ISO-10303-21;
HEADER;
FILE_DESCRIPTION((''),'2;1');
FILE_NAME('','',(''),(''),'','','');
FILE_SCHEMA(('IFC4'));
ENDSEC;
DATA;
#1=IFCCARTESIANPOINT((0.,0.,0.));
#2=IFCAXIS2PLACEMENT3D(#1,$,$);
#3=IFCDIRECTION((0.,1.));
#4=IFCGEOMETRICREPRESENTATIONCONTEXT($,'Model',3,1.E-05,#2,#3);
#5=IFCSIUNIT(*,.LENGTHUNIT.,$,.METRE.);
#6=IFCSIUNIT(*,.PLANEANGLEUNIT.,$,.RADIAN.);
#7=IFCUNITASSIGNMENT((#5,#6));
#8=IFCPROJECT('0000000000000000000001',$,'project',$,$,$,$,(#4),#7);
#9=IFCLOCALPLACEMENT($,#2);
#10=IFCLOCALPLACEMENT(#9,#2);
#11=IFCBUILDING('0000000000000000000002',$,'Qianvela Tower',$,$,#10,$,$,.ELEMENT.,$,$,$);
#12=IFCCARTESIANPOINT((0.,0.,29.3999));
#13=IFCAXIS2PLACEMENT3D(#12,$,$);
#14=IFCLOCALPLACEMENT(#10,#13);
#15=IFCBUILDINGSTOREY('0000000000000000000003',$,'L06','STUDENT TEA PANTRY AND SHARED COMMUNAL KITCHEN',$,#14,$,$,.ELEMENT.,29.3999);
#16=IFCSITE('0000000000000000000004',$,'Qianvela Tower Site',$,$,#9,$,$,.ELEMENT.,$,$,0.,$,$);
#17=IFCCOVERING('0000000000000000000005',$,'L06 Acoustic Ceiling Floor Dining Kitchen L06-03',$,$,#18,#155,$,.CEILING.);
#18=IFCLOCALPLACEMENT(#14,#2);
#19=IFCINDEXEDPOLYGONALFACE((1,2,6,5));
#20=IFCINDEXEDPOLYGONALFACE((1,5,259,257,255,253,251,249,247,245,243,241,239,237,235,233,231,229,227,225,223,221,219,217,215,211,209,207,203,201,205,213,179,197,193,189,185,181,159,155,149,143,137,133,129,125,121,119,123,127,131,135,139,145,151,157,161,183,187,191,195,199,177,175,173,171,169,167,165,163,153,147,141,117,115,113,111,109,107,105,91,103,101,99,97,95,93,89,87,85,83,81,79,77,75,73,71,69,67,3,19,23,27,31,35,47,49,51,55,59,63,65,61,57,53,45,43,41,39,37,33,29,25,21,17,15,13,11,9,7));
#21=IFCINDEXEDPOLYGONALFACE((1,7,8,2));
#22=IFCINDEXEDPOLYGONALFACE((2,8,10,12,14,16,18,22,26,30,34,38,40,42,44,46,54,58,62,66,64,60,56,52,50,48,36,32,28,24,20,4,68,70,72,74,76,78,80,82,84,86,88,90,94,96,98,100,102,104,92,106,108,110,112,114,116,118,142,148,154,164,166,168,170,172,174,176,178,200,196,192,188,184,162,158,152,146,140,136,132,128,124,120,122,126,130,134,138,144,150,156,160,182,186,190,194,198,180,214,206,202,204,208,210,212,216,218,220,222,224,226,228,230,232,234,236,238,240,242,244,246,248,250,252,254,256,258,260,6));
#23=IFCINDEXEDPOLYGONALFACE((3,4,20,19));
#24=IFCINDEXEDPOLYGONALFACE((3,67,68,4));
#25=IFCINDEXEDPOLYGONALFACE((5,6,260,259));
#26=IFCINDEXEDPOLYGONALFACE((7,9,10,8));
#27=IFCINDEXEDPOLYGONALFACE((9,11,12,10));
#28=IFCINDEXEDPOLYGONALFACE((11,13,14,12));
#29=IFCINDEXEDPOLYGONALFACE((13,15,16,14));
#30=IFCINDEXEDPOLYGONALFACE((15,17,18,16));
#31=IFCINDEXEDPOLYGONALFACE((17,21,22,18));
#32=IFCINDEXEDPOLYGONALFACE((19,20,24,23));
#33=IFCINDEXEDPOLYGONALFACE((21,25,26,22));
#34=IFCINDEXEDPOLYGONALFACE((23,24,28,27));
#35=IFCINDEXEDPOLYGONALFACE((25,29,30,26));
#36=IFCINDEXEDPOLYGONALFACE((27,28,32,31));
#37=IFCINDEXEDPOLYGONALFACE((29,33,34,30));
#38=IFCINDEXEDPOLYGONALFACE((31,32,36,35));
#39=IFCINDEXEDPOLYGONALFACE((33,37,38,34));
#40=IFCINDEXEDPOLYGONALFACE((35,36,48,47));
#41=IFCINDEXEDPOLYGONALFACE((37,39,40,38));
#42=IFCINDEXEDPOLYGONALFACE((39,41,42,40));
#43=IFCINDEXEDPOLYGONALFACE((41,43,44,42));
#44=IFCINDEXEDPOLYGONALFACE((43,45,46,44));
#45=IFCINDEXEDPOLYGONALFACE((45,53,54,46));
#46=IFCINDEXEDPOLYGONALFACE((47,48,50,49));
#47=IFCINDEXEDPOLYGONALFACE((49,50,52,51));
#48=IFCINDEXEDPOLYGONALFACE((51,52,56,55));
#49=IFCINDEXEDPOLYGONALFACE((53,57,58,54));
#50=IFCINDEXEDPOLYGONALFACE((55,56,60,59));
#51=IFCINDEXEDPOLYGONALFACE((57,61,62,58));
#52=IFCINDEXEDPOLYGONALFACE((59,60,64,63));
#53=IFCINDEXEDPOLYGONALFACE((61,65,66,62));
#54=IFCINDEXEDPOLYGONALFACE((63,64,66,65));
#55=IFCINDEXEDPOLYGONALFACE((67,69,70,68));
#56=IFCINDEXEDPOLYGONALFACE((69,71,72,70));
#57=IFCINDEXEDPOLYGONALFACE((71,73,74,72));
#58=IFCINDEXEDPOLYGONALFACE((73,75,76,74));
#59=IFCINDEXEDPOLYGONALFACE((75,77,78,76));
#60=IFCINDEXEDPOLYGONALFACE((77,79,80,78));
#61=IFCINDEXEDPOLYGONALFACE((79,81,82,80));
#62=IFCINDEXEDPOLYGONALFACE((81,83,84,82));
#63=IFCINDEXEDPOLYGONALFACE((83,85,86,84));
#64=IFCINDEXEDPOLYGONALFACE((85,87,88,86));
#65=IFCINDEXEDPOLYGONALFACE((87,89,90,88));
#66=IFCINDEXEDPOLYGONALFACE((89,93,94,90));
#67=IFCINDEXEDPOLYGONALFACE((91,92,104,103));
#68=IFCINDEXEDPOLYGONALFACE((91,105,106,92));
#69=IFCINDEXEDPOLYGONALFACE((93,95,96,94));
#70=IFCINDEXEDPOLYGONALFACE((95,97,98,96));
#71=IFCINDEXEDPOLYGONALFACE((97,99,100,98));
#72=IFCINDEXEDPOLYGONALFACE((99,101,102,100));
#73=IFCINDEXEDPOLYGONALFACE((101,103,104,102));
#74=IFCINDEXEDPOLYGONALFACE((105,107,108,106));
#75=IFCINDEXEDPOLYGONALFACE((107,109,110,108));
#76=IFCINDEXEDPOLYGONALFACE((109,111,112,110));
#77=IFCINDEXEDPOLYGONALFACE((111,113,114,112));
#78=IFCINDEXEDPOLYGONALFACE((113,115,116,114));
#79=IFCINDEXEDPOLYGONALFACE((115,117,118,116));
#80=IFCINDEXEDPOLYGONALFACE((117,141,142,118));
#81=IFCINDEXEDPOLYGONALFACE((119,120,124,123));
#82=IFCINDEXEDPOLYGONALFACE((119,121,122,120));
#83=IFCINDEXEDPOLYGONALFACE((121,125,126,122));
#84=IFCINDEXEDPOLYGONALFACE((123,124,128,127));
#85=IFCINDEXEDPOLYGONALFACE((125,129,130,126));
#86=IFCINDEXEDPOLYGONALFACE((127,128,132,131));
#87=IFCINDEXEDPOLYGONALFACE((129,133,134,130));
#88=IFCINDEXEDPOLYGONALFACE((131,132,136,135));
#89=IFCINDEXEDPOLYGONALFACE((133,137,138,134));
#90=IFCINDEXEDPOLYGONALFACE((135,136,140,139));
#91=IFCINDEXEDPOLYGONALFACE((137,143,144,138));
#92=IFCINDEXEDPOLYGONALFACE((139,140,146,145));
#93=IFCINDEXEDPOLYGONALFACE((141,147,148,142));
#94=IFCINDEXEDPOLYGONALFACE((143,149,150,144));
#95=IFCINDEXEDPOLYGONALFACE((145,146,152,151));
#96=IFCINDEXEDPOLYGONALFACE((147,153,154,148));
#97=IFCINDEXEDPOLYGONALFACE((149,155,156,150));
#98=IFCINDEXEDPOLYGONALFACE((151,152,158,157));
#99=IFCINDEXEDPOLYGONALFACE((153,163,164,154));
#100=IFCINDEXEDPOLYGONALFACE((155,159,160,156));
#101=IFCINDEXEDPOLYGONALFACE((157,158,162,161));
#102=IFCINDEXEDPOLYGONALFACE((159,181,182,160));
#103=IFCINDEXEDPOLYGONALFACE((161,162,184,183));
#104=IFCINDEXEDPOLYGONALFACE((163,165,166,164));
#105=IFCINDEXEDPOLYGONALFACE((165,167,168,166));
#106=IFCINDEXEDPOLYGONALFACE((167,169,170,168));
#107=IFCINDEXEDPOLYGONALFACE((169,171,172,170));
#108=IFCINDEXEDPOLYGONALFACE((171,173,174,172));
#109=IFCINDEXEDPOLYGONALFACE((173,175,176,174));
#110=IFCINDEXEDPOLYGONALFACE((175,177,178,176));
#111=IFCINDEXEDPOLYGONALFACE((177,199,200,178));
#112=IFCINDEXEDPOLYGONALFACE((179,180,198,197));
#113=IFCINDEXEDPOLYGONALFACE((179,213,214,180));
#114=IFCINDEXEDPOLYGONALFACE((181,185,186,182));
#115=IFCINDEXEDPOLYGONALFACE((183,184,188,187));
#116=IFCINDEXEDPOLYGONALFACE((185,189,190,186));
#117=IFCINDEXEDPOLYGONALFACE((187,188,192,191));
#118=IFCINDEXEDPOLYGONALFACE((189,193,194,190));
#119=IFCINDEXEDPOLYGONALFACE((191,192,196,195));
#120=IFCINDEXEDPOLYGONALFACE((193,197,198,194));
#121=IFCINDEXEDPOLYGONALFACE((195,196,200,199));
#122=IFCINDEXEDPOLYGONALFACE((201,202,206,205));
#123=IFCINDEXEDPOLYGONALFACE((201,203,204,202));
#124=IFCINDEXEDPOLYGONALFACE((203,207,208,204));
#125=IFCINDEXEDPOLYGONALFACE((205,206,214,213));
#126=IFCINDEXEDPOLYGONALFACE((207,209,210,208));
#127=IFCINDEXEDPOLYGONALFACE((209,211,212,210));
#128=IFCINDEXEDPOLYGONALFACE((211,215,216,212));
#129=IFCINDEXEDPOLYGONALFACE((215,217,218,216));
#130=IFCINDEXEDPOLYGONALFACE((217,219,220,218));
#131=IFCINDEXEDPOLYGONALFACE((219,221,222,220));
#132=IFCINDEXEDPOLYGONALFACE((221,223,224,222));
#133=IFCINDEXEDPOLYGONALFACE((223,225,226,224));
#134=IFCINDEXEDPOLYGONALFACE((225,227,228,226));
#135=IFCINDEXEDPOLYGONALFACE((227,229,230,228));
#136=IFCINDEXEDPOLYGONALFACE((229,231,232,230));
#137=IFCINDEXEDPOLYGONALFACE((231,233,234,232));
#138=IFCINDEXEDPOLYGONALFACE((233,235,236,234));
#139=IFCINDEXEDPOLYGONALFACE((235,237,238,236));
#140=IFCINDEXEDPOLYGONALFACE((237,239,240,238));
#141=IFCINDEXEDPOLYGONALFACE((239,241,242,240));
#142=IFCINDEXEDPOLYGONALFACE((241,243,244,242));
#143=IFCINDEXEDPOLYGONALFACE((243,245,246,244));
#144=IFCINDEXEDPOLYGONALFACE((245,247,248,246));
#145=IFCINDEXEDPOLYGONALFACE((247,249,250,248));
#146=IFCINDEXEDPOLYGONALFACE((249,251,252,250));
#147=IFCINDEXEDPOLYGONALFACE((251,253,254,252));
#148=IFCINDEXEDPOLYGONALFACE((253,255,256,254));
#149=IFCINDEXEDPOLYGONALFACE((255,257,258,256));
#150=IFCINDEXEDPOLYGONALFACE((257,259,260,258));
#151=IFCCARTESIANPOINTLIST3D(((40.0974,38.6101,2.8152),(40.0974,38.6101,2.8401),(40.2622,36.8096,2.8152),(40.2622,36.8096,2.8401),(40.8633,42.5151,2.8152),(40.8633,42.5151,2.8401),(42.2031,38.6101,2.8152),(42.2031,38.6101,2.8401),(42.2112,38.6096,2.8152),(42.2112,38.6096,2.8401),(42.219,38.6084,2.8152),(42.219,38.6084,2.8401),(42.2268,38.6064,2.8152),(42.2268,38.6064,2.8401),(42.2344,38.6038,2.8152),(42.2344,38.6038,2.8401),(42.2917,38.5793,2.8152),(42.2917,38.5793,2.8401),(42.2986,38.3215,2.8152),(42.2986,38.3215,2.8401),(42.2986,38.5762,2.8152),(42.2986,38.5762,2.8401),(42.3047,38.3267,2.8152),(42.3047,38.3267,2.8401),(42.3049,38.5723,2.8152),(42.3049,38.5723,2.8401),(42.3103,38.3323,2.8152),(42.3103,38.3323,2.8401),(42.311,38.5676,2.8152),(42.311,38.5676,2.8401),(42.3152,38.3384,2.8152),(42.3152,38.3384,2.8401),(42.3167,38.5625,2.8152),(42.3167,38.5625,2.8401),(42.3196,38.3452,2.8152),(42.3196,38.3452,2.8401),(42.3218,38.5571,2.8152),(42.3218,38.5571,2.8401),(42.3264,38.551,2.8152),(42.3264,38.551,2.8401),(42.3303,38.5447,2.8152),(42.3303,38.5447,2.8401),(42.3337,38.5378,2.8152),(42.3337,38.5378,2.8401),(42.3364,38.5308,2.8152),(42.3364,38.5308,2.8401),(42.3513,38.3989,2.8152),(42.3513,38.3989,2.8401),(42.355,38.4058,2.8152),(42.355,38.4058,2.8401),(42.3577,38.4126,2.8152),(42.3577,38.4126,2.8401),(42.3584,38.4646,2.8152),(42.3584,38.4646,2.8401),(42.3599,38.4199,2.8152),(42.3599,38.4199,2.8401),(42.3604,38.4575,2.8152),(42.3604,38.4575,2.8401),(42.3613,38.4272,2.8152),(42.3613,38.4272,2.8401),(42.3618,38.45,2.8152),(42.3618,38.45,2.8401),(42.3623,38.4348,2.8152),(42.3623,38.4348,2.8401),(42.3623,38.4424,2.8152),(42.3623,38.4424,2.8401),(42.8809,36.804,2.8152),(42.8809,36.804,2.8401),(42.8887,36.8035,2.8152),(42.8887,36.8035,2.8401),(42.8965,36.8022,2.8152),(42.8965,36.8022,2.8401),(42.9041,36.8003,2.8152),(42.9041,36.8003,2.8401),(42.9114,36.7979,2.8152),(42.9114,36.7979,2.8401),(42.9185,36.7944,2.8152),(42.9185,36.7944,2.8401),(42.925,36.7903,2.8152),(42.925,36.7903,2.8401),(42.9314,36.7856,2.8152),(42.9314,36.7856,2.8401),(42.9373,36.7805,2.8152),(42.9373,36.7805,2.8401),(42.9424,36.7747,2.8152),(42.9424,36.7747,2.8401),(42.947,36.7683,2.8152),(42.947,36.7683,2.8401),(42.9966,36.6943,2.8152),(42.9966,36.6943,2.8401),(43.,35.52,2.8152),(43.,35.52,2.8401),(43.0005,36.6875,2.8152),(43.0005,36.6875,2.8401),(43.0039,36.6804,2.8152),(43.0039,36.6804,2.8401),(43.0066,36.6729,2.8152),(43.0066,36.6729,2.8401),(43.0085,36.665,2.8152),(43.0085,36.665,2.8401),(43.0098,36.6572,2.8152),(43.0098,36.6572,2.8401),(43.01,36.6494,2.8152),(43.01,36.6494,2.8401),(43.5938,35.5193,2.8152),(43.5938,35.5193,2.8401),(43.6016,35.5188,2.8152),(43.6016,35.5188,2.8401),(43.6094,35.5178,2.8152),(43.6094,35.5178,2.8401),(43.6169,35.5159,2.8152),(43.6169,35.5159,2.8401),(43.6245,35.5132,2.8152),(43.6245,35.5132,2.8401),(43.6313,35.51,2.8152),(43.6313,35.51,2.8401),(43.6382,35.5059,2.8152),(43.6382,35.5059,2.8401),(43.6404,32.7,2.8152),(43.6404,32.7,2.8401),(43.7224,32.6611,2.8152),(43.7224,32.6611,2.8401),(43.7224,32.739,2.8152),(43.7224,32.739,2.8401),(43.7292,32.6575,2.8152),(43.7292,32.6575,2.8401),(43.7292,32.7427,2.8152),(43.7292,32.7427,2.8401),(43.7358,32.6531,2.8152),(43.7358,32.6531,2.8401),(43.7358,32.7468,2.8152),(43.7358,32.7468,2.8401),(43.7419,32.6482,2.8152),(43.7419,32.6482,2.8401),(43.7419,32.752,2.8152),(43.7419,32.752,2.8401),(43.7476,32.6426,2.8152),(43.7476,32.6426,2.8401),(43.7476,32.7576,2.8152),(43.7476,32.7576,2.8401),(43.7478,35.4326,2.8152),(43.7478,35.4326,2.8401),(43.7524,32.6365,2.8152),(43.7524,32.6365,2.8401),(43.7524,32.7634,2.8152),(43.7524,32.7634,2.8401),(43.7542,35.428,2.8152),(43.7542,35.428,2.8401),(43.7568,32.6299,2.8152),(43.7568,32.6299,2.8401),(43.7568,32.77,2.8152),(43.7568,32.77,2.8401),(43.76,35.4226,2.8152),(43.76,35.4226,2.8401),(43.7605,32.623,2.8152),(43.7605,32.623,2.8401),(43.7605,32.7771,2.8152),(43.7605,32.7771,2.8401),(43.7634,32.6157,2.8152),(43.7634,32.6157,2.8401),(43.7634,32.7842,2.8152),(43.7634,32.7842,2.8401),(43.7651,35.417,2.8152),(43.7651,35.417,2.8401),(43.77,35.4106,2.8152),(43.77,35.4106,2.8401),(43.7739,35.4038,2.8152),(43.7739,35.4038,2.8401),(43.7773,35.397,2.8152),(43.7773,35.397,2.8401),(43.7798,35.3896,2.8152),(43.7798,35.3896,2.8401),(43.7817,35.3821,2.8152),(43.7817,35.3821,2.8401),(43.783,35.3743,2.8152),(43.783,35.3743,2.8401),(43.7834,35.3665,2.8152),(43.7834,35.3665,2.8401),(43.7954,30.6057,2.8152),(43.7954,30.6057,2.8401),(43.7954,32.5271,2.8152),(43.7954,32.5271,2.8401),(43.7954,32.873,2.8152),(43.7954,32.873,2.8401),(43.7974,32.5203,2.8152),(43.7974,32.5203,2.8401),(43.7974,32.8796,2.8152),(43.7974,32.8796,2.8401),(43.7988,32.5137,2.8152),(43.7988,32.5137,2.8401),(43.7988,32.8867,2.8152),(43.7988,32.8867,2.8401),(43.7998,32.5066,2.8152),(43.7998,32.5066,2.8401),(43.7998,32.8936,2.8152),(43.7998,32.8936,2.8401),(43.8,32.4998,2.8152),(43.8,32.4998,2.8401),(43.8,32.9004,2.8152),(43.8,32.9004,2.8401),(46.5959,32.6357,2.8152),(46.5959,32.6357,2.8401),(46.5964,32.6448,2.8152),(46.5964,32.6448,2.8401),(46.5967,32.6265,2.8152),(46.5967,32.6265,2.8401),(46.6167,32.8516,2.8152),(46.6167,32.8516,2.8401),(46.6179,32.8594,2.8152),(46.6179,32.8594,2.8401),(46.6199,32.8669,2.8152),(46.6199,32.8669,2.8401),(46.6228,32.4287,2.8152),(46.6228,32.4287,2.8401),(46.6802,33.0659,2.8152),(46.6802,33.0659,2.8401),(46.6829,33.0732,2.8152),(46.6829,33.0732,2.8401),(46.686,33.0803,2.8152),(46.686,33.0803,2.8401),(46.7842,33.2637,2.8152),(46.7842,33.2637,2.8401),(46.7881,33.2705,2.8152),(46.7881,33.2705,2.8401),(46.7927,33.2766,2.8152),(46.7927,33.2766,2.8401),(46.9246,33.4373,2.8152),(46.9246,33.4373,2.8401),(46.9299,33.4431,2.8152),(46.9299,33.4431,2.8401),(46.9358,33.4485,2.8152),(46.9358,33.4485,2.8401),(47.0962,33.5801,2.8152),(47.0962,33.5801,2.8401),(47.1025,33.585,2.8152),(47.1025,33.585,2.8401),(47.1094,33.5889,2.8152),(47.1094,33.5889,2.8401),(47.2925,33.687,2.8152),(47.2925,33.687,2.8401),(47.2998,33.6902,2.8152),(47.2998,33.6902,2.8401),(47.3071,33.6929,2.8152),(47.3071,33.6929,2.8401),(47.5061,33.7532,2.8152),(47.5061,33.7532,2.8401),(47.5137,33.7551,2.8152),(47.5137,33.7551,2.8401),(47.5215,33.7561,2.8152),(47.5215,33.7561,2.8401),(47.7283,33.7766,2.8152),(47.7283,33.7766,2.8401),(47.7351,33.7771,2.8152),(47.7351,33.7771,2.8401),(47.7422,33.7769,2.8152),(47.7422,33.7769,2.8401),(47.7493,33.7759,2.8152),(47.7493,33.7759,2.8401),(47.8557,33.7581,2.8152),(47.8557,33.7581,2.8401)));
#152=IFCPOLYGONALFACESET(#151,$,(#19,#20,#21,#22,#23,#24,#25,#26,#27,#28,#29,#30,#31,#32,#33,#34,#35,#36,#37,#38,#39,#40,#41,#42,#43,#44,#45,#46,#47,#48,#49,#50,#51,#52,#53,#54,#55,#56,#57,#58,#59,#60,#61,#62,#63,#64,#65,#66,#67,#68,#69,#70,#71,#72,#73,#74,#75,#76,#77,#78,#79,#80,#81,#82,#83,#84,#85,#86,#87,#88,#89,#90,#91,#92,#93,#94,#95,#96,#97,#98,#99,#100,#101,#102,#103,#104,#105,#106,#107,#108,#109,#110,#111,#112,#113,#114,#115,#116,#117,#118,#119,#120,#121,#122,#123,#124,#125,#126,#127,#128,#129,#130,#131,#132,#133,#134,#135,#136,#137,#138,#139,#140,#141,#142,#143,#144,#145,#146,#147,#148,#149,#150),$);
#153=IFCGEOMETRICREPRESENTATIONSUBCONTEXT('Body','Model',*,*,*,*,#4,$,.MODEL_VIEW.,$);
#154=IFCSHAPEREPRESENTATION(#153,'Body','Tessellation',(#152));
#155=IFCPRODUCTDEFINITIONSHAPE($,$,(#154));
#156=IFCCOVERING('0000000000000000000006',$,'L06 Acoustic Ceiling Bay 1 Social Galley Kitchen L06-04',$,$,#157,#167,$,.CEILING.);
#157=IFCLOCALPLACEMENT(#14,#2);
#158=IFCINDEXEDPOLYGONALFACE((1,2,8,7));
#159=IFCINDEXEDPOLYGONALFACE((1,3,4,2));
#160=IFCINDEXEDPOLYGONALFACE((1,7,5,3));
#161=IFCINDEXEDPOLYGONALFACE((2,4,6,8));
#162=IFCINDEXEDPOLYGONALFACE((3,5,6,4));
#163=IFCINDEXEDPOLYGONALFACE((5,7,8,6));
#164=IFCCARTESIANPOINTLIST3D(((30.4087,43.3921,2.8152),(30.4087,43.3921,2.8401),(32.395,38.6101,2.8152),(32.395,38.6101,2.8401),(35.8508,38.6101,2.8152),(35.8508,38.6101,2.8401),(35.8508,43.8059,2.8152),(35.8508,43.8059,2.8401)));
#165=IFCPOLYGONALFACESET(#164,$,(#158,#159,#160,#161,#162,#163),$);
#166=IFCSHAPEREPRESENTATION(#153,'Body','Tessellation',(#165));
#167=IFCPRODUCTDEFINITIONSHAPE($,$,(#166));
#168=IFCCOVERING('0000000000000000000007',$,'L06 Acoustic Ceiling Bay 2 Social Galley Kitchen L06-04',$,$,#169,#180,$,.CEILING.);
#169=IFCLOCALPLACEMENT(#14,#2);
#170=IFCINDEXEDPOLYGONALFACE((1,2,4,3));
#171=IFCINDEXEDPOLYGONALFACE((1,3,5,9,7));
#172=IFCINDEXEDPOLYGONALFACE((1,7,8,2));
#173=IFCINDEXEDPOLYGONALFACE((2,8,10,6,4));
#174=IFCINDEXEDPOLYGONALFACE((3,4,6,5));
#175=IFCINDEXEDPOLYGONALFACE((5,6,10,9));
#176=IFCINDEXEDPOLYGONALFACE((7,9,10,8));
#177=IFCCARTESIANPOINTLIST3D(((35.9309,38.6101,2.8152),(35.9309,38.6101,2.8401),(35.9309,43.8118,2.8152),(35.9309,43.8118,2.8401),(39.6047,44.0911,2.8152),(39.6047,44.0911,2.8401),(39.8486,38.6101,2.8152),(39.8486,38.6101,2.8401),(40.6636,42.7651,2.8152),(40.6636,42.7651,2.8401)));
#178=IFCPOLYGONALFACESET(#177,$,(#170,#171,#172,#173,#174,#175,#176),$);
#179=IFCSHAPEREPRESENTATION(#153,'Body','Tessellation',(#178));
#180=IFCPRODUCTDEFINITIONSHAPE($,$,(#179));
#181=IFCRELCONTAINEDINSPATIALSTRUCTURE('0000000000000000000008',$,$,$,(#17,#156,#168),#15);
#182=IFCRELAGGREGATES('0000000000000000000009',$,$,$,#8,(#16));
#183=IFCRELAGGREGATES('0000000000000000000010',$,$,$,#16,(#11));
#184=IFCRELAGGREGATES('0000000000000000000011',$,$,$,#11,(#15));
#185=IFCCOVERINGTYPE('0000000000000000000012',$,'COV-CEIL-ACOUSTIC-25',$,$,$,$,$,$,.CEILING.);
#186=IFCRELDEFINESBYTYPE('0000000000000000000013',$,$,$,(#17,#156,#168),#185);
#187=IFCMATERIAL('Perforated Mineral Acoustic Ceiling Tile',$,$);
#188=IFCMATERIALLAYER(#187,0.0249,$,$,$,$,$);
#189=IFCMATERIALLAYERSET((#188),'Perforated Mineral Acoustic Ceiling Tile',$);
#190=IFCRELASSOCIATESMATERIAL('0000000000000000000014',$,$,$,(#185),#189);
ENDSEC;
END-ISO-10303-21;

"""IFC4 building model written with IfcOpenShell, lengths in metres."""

from ifc_helpers import new_model, si_unit, direction, frame, origin, place, context, subcontext, project, spatial, polyline, outline, extrude, material, layer, layer_set, type_object, element, save


model = new_model("IFC4")

# Units and contexts
model_context = context("Model", 3, precision=1e-05, world=origin(), true_north=direction((0.0, 1.0)))
body_context = subcontext(model_context, "Body", "Model", "MODEL_VIEW")
ifc_project = project(units=[si_unit("LENGTHUNIT", "METRE"), si_unit("PLANEANGLEUNIT", "RADIAN")], contexts=[model_context])

# Site, building, storey
site_placement = place(None, origin())
site = spatial("IfcSite", under=ifc_project, at=site_placement, Name="Qianvela Tower Site", CompositionType="ELEMENT", RefElevation=0.0)
building_placement = place(site_placement, origin())
building = spatial("IfcBuilding", under=site, at=building_placement, Name="Qianvela Tower", CompositionType="ELEMENT")
storey_placement = place(building_placement, frame((0.0, 0.0, 29.3999)))
storey = spatial("IfcBuildingStorey", under=building, at=storey_placement, Name="L06", Description="STUDENT TEA PANTRY AND SHARED COMMUNAL KITCHEN", CompositionType="ELEMENT", Elevation=29.3999)

# Coverings
ifc_material_1 = material(Name="Perforated Mineral Acoustic Ceiling Tile")
ifc_layer_1 = layer(ifc_material_1, 0.0249)
ifc_layer_set_1 = layer_set([ifc_layer_1], Name="Perforated Mineral Acoustic Ceiling Tile")
covering_type_1 = type_object("IfcCoveringType", Name="COV-CEIL-ACOUSTIC-25", PredefinedType="CEILING", material=ifc_layer_set_1)
covering_1_placement = place(storey_placement, frame((0.0, 0.0, 2.8152)))
element("IfcCovering", 1, at=covering_1_placement, inside=storey, type_object=covering_type_1, Name="L06 Acoustic Ceiling Floor Dining Kitchen L06-03", PredefinedType="CEILING", context=body_context, shape_type="SweptSolid", body=[
    extrude(outline(polyline([(43.6404, 32.7), (43.7224, 32.739), (43.7292, 32.7427), (43.7358, 32.7468), (43.7419, 32.752), (43.7476, 32.7576), (43.7524, 32.7634), (43.7568, 32.77), (43.7605, 32.7771), (43.7634, 32.7842), (43.7954, 32.873), (43.7974, 32.8796), (43.7988, 32.8867), (43.7998, 32.8936), (43.8, 32.9004), (43.7834, 35.3665), (43.783, 35.3743), (43.7817, 35.3821), (43.7798, 35.3896), (43.7773, 35.397), (43.7739, 35.4038), (43.77, 35.4106), (43.7651, 35.417), (43.76, 35.4226), (43.7542, 35.428), (43.7478, 35.4326), (43.6382, 35.5059), (43.6313, 35.51), (43.6245, 35.5132), (43.6169, 35.5159), (43.6094, 35.5178), (43.6016, 35.5188), (43.5938, 35.5193), (43.0, 35.52), (43.01, 36.6494), (43.0098, 36.6572), (43.0085, 36.665), (43.0066, 36.6729), (43.0039, 36.6804), (43.0005, 36.6875), (42.9966, 36.6943), (42.947, 36.7683), (42.9424, 36.7747), (42.9373, 36.7805), (42.9314, 36.7856), (42.925, 36.7903), (42.9185, 36.7944), (42.9114, 36.7979), (42.9041, 36.8003), (42.8965, 36.8022), (42.8887, 36.8035), (42.8809, 36.804), (40.2622, 36.8096), (42.2986, 38.3215), (42.3047, 38.3267), (42.3103, 38.3323), (42.3152, 38.3384), (42.3196, 38.3452), (42.3513, 38.3989), (42.355, 38.4058), (42.3577, 38.4126), (42.3599, 38.4199), (42.3613, 38.4272), (42.3623, 38.4348), (42.3623, 38.4424), (42.3618, 38.45), (42.3604, 38.4575), (42.3584, 38.4646), (42.3364, 38.5308), (42.3337, 38.5378), (42.3303, 38.5447), (42.3264, 38.551), (42.3218, 38.5571), (42.3167, 38.5625), (42.311, 38.5676), (42.3049, 38.5723), (42.2986, 38.5762), (42.2917, 38.5793), (42.2344, 38.6038), (42.2268, 38.6064), (42.219, 38.6084), (42.2112, 38.6096), (42.2031, 38.6101), (40.0974, 38.6101), (40.8633, 42.5151), (47.8557, 33.7581), (47.7493, 33.7759), (47.7422, 33.7769), (47.7351, 33.7771), (47.7283, 33.7766), (47.5215, 33.7561), (47.5137, 33.7551), (47.5061, 33.7532), (47.3071, 33.6929), (47.2998, 33.6902), (47.2925, 33.687), (47.1094, 33.5889), (47.1025, 33.585), (47.0962, 33.5801), (46.9358, 33.4485), (46.9299, 33.4431), (46.9246, 33.4373), (46.7927, 33.2766), (46.7881, 33.2705), (46.7842, 33.2637), (46.686, 33.0803), (46.6829, 33.0732), (46.6802, 33.0659), (46.6199, 32.8669), (46.6179, 32.8594), (46.6167, 32.8516), (46.5964, 32.6448), (46.5959, 32.6357), (46.5967, 32.6265), (46.6228, 32.4287), (43.7954, 30.6057), (43.8, 32.4998), (43.7998, 32.5066), (43.7988, 32.5137), (43.7974, 32.5203), (43.7954, 32.5271), (43.7634, 32.6157), (43.7605, 32.623), (43.7568, 32.6299), (43.7524, 32.6365), (43.7476, 32.6426), (43.7419, 32.6482), (43.7358, 32.6531), (43.7292, 32.6575), (43.7224, 32.6611), (43.6404, 32.7)])), origin(), (0.0, 0.0, 1.0), 0.0249),
])
covering_2_placement = place(storey_placement, frame((0.0, 0.0, 2.8152)))
element("IfcCovering", 2, at=covering_2_placement, inside=storey, type_object=covering_type_1, Name="L06 Acoustic Ceiling Bay 1 Social Galley Kitchen L06-04", PredefinedType="CEILING", context=body_context, shape_type="SweptSolid", body=[
    extrude(outline(polyline([(35.8508, 43.8059), (35.8508, 38.6101), (32.395, 38.6101), (30.4087, 43.3921), (35.8508, 43.8059)])), origin(), (0.0, 0.0, 1.0), 0.0249),
])
covering_3_placement = place(storey_placement, frame((0.0, 0.0, 2.8152)))
element("IfcCovering", 3, at=covering_3_placement, inside=storey, type_object=covering_type_1, Name="L06 Acoustic Ceiling Bay 2 Social Galley Kitchen L06-04", PredefinedType="CEILING", context=body_context, shape_type="SweptSolid", body=[
    extrude(outline(polyline([(39.6047, 44.0911), (40.6636, 42.7651), (39.8486, 38.6101), (35.9309, 38.6101), (35.9309, 43.8118), (39.6047, 44.0911)])), origin(), (0.0, 0.0, 1.0), 0.0249),
])

save(model, "model.ifc")
